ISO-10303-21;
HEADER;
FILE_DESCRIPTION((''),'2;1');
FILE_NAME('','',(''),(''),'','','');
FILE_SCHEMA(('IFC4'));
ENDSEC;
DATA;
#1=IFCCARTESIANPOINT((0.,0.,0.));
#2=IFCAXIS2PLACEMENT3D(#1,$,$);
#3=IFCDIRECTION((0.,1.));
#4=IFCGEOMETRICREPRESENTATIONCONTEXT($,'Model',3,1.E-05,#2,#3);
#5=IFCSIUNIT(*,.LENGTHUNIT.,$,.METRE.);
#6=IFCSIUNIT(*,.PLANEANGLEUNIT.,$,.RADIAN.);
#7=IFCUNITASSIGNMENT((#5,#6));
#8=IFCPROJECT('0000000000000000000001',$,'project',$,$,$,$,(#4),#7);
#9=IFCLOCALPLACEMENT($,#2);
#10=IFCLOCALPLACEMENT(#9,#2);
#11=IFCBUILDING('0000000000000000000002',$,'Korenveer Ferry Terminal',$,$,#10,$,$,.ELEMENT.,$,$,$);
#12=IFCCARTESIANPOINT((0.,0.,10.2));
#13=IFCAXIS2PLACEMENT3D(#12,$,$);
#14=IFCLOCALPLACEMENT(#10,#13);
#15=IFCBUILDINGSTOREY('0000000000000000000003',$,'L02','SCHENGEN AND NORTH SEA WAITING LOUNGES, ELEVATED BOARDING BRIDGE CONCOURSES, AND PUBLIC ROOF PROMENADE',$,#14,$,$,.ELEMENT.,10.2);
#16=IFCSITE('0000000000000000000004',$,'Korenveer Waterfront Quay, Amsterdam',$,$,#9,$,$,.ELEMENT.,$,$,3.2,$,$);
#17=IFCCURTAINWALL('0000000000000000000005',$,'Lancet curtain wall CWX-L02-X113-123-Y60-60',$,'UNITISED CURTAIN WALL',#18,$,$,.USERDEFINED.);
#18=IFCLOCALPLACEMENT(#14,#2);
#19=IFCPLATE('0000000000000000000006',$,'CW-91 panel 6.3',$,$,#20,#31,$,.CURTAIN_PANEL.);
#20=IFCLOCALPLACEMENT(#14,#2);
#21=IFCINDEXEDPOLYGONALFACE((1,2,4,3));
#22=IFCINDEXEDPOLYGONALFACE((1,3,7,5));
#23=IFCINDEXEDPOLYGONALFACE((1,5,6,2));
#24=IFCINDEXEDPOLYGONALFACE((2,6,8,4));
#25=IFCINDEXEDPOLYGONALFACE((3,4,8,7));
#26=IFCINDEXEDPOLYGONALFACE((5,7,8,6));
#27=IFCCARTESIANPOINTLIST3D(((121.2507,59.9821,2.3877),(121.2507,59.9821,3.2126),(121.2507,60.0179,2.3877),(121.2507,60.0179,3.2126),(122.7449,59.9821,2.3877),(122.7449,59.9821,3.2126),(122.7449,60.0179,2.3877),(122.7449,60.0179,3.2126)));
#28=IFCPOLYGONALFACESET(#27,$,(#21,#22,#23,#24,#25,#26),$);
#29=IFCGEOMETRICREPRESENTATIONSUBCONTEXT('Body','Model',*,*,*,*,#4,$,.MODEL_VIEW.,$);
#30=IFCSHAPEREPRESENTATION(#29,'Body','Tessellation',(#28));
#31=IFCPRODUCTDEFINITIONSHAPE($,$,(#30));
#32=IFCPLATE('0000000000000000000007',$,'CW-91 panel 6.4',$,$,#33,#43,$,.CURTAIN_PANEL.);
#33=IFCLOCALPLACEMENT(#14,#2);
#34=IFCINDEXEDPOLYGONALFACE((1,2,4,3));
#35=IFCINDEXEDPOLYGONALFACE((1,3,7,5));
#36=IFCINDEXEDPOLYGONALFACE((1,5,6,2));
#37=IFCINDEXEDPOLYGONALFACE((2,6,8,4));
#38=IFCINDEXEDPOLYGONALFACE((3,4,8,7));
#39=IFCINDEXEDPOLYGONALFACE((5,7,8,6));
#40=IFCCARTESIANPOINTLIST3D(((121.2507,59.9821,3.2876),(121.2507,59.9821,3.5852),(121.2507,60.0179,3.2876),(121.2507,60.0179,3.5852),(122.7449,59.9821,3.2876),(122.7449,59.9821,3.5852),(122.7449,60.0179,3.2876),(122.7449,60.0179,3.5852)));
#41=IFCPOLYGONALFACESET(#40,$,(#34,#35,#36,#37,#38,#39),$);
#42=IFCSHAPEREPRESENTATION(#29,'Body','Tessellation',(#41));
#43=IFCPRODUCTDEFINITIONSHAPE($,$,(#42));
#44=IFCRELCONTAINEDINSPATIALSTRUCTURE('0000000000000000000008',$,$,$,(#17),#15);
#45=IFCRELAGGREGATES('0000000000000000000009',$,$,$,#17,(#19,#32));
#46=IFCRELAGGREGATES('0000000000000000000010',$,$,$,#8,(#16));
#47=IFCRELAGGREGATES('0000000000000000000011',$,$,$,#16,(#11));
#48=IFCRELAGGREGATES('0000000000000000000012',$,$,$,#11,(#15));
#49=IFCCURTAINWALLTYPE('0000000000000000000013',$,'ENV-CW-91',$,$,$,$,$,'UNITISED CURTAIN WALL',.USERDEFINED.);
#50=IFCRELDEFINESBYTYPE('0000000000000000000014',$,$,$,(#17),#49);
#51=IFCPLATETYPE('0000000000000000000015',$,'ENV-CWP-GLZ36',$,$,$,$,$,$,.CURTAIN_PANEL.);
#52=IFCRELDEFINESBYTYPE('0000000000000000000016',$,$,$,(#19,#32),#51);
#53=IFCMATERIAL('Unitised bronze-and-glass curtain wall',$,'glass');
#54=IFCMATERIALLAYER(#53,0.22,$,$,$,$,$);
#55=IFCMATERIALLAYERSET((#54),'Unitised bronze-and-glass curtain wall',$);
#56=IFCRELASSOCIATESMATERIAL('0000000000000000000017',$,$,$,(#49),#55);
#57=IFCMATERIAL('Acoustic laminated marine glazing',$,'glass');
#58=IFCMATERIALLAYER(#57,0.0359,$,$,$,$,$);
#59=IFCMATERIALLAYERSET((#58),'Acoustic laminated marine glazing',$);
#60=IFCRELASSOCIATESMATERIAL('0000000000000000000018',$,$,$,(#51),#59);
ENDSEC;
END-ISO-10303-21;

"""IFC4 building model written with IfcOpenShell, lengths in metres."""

from ifc_helpers import new_model, si_unit, direction, frame, origin, origin_2d, place, context, subcontext, project, spatial, rectangle, extrude, material, layer, layer_set, type_object, element, aggregate, save


model = new_model("IFC4")

# Units and contexts
model_context = context("Model", 3, precision=1e-05, world=origin(), true_north=direction((0.0, 1.0)))
body_context = subcontext(model_context, "Body", "Model", "MODEL_VIEW")
ifc_project = project(units=[si_unit("LENGTHUNIT", "METRE"), si_unit("PLANEANGLEUNIT", "RADIAN")], contexts=[model_context])

# Site, building, storey
site_placement = place(None, origin())
site = spatial("IfcSite", under=ifc_project, at=site_placement, Name="Korenveer Waterfront Quay, Amsterdam", CompositionType="ELEMENT", RefElevation=3.2)
building_placement = place(site_placement, origin())
building = spatial("IfcBuilding", under=site, at=building_placement, Name="Korenveer Ferry Terminal", CompositionType="ELEMENT")
storey_placement = place(building_placement, frame((0.0, 0.0, 10.2)))
storey = spatial("IfcBuildingStorey", under=building, at=storey_placement, Name="L02", Description="SCHENGEN AND NORTH SEA WAITING LOUNGES, ELEVATED BOARDING BRIDGE CONCOURSES, AND PUBLIC ROOF PROMENADE", CompositionType="ELEMENT", Elevation=10.2)

# Curtain wall
ifc_material_1 = material(Name="Unitised bronze-and-glass curtain wall", Category="glass")
ifc_layer_1 = layer(ifc_material_1, 0.22)
ifc_layer_set_1 = layer_set([ifc_layer_1], Name="Unitised bronze-and-glass curtain wall")
curtain_wall_type_1 = type_object("IfcCurtainWallType", Name="ENV-CW-91", ElementType="UNITISED CURTAIN WALL", PredefinedType="USERDEFINED", material=ifc_layer_set_1)
curtain_wall_1_placement = place(storey_placement, frame((113.1799, 60.0, 0.0)))
curtain_wall_1 = element("IfcCurtainWall", 1, at=curtain_wall_1_placement, inside=storey, type_object=curtain_wall_type_1, Name="Lancet curtain wall CWX-L02-X113-123-Y60-60", ObjectType="UNITISED CURTAIN WALL", PredefinedType="USERDEFINED")

# Plates
ifc_material_2 = material(Name="Acoustic laminated marine glazing", Category="glass")
ifc_layer_2 = layer(ifc_material_2, 0.0359)
ifc_layer_set_2 = layer_set([ifc_layer_2], Name="Acoustic laminated marine glazing")
plate_type = type_object("IfcPlateType", Name="ENV-CWP-GLZ36", PredefinedType="CURTAIN_PANEL", material=ifc_layer_set_2)
plate_1_placement = place(storey_placement, frame((121.9978, 60.0, 2.3877), z_axis=(0.0, 0.0, 1.0), x_axis=(1.0, 0.0, 0.0)))
plate_1 = element("IfcPlate", 2, at=plate_1_placement, type_object=plate_type, Name="CW-91 panel 6.3", PredefinedType="CURTAIN_PANEL", context=body_context, shape_type="SweptSolid", body=[
    extrude(rectangle(XDim=1.4941, YDim=0.0359, at=origin_2d()), origin(), (0.0, 0.0, 1.0), 0.825),
])
plate_2_placement = place(storey_placement, frame((121.9978, 60.0, 3.2876), z_axis=(0.0, 0.0, 1.0), x_axis=(1.0, 0.0, 0.0)))
plate_2 = element("IfcPlate", 3, at=plate_2_placement, type_object=plate_type, Name="CW-91 panel 6.4", PredefinedType="CURTAIN_PANEL", context=body_context, shape_type="SweptSolid", body=[
    extrude(rectangle(XDim=1.4941, YDim=0.0359, at=origin_2d()), origin(), (0.0, 0.0, 1.0), 0.2976),
])
aggregate(curtain_wall_1, [plate_1, plate_2])

save(model, "model.ifc")
